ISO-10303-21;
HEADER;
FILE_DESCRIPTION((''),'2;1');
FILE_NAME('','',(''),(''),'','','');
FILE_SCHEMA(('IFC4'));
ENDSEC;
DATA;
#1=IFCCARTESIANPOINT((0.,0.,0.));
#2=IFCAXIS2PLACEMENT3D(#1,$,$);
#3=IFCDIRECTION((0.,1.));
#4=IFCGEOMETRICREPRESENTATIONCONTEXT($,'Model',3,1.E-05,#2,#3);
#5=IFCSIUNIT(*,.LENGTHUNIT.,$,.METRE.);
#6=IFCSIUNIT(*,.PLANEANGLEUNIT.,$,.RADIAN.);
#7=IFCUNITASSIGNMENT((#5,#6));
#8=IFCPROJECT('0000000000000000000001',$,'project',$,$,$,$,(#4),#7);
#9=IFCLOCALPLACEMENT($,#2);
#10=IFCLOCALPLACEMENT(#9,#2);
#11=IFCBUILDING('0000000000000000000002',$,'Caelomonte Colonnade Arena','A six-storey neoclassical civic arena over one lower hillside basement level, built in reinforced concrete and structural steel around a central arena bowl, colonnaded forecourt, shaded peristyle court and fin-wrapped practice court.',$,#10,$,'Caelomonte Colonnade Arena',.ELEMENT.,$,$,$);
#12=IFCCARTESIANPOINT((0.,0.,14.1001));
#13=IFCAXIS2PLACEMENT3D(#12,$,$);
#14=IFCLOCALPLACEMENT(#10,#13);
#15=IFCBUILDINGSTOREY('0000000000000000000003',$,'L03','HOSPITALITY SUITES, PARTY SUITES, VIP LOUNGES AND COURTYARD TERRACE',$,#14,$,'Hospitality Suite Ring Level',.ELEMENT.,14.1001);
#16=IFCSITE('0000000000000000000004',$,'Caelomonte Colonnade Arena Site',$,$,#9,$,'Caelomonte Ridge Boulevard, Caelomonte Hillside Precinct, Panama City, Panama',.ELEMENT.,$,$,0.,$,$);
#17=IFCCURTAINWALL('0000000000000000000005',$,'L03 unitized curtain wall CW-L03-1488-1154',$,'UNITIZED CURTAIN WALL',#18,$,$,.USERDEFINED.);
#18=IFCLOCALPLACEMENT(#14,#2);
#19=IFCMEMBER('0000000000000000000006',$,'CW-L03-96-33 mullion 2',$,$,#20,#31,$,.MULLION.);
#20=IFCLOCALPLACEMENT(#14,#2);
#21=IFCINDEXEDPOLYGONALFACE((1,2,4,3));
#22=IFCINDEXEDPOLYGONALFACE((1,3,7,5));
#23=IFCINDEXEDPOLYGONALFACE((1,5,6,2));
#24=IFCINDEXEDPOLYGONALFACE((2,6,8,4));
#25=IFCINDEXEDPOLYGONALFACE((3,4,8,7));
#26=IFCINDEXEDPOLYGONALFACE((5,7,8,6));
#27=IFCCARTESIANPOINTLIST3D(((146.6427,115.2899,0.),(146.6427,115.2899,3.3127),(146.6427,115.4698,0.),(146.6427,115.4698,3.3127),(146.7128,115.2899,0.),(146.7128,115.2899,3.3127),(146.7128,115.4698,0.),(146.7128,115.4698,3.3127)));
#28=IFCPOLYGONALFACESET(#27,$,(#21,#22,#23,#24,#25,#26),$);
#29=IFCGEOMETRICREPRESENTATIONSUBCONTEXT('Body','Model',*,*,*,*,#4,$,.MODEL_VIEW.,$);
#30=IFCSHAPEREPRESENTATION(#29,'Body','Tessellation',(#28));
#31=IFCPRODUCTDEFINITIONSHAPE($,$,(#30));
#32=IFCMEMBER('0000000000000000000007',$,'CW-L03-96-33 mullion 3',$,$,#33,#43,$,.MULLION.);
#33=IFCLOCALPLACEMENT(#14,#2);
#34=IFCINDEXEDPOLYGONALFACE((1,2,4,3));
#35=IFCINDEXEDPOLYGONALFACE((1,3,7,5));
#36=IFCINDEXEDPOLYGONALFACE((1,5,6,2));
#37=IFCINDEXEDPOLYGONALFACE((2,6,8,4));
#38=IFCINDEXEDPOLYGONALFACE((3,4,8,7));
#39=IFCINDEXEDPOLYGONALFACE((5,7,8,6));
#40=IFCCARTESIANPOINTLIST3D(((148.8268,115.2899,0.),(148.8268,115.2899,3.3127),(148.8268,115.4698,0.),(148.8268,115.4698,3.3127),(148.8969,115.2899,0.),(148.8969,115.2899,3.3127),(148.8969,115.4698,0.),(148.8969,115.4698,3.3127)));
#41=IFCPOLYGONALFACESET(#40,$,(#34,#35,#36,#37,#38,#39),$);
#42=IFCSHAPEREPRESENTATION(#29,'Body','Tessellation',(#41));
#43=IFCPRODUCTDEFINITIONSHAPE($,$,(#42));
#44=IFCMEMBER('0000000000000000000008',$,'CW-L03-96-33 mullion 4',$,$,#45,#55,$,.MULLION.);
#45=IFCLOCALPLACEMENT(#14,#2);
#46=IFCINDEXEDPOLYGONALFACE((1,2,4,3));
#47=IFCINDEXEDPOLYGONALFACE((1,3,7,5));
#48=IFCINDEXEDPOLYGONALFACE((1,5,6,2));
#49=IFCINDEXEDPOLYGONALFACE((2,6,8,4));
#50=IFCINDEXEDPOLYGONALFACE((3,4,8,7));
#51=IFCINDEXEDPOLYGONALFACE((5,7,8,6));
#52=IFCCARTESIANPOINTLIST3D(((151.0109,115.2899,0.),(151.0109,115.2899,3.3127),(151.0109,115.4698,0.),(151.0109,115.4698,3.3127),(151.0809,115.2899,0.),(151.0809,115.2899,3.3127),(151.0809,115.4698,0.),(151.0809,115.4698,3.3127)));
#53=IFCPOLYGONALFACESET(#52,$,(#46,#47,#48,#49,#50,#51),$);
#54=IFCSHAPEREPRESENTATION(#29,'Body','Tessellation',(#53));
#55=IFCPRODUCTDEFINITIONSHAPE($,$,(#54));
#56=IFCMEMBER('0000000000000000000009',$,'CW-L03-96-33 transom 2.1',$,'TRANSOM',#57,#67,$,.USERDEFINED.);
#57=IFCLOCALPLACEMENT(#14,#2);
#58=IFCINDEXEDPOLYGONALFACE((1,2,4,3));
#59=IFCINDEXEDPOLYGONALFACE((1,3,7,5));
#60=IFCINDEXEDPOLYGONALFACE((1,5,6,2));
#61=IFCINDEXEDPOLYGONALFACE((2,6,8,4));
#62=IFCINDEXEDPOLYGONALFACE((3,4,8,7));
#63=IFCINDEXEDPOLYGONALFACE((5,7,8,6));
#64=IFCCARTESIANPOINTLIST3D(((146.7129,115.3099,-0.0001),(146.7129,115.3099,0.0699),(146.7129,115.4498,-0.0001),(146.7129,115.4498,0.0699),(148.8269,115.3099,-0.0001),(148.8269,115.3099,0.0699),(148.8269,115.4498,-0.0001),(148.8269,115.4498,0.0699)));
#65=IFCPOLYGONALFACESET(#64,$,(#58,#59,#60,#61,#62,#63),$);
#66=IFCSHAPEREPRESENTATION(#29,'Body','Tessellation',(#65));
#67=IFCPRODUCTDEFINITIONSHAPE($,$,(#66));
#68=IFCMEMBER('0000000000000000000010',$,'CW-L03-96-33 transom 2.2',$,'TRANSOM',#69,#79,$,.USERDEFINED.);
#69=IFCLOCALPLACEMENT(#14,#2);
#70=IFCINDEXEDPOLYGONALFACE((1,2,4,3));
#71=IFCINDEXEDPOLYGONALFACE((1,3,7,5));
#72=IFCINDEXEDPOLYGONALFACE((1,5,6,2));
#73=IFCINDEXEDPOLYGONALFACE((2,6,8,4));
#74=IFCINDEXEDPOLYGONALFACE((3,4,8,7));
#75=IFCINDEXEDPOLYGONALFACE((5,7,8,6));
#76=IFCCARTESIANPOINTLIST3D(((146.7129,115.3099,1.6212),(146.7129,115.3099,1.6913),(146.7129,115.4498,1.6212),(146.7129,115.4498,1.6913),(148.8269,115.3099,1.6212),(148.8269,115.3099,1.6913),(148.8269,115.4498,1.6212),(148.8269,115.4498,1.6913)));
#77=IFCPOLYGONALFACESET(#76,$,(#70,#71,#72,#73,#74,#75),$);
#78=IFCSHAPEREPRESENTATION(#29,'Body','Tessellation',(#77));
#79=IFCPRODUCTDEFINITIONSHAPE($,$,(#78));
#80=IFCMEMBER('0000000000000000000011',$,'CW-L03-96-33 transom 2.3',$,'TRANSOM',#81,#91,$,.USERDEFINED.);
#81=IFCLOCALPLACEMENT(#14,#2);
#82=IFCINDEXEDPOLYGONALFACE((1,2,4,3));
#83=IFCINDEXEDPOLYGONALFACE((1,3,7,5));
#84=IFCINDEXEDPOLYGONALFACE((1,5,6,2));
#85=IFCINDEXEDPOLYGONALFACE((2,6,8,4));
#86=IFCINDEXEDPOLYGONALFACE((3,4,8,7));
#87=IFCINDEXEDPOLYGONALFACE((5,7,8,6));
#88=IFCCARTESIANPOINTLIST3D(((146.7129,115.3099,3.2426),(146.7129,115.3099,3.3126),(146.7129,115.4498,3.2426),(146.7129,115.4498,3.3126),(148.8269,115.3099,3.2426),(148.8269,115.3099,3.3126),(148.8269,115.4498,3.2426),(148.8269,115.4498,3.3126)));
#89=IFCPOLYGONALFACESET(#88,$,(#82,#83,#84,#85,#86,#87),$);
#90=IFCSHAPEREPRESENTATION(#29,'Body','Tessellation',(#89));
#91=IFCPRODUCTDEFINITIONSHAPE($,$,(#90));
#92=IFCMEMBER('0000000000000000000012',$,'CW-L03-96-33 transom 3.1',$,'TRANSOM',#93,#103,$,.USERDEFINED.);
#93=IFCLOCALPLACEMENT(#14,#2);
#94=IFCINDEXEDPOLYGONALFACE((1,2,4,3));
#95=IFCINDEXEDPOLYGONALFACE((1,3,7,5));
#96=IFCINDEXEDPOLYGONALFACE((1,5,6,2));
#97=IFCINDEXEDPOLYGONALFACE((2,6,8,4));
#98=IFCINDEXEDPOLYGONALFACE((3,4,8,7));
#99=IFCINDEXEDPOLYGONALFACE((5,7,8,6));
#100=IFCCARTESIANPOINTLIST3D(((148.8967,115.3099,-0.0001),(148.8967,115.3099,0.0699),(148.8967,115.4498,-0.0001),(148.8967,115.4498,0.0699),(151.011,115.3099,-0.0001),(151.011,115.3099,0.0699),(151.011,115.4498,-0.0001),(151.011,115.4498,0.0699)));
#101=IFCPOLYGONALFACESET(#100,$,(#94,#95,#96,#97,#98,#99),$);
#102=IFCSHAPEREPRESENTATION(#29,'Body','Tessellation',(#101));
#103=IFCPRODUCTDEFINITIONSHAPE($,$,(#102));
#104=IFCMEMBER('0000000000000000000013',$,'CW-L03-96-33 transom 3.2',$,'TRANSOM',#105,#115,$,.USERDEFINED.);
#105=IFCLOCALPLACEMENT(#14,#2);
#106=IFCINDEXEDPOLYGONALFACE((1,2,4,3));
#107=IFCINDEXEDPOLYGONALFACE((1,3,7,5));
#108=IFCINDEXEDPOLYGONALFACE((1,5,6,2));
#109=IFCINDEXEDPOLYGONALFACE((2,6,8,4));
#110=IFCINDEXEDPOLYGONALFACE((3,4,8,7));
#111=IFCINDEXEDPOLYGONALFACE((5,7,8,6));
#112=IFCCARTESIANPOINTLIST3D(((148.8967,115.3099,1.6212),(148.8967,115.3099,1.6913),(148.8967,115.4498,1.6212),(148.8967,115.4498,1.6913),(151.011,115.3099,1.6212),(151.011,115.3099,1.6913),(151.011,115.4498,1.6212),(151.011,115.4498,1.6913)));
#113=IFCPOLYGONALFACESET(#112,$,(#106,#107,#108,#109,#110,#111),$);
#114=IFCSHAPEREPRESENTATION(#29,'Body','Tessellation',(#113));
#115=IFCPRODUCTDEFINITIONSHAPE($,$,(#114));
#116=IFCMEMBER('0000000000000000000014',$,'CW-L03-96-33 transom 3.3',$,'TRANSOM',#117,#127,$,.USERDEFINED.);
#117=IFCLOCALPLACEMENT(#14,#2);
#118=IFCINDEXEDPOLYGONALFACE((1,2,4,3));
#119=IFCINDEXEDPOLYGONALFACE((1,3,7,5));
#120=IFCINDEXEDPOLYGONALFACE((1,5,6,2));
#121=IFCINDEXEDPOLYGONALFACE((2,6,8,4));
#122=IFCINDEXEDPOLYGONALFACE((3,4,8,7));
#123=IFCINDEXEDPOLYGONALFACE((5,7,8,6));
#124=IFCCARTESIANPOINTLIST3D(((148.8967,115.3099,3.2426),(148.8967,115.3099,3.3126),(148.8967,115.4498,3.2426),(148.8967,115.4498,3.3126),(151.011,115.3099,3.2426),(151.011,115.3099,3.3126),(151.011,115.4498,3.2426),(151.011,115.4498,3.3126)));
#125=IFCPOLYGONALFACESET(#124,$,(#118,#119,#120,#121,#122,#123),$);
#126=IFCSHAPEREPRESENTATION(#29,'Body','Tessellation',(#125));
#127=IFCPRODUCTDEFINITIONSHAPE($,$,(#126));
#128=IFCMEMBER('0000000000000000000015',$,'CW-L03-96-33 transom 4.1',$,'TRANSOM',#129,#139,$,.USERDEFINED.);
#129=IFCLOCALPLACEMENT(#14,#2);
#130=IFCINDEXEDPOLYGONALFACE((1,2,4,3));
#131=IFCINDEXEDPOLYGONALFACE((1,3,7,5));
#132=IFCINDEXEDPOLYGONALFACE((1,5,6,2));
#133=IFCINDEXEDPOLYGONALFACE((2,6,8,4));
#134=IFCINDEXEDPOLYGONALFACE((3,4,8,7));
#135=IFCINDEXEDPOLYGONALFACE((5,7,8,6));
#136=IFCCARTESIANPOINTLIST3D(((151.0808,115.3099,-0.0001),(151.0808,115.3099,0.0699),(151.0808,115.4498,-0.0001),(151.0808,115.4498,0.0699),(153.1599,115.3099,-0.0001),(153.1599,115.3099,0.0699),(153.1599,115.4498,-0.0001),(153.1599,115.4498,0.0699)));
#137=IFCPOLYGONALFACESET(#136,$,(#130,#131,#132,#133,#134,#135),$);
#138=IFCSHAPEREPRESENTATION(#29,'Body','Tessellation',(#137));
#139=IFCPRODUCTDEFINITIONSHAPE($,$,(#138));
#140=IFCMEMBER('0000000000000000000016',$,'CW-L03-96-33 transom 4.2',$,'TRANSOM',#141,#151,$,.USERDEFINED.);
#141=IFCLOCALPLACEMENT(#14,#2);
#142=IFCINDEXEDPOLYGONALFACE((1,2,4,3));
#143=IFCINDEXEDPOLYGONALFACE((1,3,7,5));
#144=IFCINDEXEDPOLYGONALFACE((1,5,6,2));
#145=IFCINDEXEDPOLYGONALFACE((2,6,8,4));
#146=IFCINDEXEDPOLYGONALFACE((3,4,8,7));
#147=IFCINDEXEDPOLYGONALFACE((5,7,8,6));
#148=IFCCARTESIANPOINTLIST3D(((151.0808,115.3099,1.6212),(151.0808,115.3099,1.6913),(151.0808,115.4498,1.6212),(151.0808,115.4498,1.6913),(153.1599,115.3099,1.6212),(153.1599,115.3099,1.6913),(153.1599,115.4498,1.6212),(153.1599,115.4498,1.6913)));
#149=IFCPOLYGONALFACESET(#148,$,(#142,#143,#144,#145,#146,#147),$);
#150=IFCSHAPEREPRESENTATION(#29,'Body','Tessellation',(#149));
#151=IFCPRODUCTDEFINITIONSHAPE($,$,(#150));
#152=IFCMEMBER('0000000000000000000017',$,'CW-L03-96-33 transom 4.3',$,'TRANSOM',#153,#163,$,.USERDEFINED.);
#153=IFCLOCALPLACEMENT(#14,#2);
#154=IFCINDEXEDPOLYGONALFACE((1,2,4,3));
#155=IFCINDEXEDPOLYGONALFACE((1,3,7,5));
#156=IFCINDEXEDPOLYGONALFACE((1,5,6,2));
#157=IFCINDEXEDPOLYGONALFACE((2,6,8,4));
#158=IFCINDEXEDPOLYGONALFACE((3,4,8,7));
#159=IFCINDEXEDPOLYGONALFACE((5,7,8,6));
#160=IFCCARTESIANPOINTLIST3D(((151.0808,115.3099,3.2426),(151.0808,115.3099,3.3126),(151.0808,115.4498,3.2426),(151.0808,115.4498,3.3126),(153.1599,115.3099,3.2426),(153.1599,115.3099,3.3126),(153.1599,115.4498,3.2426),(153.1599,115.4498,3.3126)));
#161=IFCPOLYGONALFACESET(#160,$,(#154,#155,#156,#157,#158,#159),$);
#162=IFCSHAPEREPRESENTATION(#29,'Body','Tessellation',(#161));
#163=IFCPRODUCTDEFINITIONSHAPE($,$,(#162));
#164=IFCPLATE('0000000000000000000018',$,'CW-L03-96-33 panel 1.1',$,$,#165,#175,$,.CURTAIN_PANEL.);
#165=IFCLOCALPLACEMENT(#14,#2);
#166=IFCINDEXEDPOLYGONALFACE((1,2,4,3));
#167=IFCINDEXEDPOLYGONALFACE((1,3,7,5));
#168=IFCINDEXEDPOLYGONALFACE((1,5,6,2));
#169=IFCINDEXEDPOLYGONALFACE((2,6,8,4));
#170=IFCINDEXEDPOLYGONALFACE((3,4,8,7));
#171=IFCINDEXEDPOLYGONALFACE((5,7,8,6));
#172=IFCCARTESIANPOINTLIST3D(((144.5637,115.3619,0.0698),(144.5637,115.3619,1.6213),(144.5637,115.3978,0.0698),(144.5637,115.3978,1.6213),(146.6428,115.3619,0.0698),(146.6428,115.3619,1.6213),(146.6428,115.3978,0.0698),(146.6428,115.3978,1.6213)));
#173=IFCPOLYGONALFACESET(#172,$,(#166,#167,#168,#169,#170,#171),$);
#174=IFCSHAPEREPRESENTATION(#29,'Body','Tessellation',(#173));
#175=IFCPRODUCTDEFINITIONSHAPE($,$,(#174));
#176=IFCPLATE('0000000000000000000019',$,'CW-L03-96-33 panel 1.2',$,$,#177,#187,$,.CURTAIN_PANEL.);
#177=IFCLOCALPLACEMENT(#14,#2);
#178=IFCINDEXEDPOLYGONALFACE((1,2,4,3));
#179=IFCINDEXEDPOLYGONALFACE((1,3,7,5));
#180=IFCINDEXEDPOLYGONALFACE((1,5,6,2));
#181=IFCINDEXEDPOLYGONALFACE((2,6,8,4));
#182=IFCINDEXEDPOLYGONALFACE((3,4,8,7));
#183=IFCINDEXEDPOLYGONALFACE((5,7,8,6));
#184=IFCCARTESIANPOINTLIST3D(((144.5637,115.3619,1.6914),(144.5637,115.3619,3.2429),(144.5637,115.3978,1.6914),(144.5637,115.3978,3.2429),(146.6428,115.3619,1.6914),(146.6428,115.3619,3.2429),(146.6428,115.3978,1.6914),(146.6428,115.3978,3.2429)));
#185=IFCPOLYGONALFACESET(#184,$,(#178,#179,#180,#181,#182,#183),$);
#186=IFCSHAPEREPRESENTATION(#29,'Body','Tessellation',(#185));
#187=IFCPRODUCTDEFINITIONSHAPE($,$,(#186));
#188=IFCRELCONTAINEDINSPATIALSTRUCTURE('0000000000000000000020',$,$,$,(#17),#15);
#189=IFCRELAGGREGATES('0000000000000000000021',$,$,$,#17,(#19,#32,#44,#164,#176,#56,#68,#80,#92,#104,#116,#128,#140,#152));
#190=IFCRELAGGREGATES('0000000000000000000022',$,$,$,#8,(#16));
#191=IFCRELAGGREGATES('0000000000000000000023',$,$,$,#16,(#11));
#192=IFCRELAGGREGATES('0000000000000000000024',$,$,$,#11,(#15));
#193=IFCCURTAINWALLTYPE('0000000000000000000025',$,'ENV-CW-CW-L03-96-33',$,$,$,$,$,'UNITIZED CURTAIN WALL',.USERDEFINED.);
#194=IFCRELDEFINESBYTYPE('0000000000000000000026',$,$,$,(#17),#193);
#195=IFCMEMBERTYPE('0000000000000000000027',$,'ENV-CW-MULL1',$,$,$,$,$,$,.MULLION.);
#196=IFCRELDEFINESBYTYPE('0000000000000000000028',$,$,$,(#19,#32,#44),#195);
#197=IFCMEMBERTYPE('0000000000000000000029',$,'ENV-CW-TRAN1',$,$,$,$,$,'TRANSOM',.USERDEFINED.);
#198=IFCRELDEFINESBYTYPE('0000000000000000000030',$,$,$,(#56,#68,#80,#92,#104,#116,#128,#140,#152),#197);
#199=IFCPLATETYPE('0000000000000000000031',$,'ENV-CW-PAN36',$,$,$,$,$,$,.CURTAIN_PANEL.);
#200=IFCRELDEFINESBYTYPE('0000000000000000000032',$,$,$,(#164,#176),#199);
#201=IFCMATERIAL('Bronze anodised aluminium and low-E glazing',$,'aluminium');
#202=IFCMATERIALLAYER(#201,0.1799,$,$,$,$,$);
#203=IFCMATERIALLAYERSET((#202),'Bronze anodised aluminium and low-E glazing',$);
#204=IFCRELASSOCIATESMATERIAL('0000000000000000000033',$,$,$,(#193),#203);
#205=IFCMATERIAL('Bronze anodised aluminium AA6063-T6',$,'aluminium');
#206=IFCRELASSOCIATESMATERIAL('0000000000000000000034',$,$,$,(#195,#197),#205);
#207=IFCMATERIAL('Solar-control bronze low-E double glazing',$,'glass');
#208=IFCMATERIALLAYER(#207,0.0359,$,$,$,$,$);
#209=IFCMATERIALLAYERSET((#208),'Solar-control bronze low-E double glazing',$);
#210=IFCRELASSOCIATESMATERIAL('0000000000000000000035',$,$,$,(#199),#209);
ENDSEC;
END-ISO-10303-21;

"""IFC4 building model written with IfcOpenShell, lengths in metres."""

from ifc_helpers import new_model, si_unit, direction, frame, origin, origin_2d, place, context, subcontext, project, spatial, rectangle, extrude, material, layer, layer_set, material_profile, profile_set, type_object, element, aggregate, save


model = new_model("IFC4")

# Units and contexts
model_context = context("Model", 3, precision=1e-05, world=origin(), true_north=direction((0.0, 1.0)))
body_context = subcontext(model_context, "Body", "Model", "MODEL_VIEW")
ifc_project = project(units=[si_unit("LENGTHUNIT", "METRE"), si_unit("PLANEANGLEUNIT", "RADIAN")], contexts=[model_context])

# Site, building, storey
site_placement = place(None, origin())
site = spatial("IfcSite", under=ifc_project, at=site_placement, Name="Caelomonte Colonnade Arena Site", LongName="Caelomonte Ridge Boulevard, Caelomonte Hillside Precinct, Panama City, Panama", CompositionType="ELEMENT", RefElevation=0.0)
building_placement = place(site_placement, origin())
building = spatial("IfcBuilding", under=site, at=building_placement, Name="Caelomonte Colonnade Arena", Description="A six-storey neoclassical civic arena over one lower hillside basement level, built in reinforced concrete and structural steel around a central arena bowl, colonnaded forecourt, shaded peristyle court and fin-wrapped practice court.", LongName="Caelomonte Colonnade Arena", CompositionType="ELEMENT")
storey_placement = place(building_placement, frame((0.0, 0.0, 14.1001)))
storey = spatial("IfcBuildingStorey", under=building, at=storey_placement, Name="L03", Description="HOSPITALITY SUITES, PARTY SUITES, VIP LOUNGES AND COURTYARD TERRACE", LongName="Hospitality Suite Ring Level", CompositionType="ELEMENT", Elevation=14.1001)

# Curtain wall, members, plates
ifc_material_1 = material(Name="Bronze anodised aluminium and low-E glazing", Category="aluminium")
ifc_layer_1 = layer(ifc_material_1, 0.1799)
ifc_layer_set_1 = layer_set([ifc_layer_1], Name="Bronze anodised aluminium and low-E glazing")
curtain_wall_type = type_object("IfcCurtainWallType", Name="ENV-CW-CW-L03-96-33", ElementType="UNITIZED CURTAIN WALL", PredefinedType="USERDEFINED", material=ifc_layer_set_1)
curtain_wall_placement = place(storey_placement, origin())
curtain_wall = element("IfcCurtainWall", 1, at=curtain_wall_placement, inside=storey, type_object=curtain_wall_type, Name="L03 unitized curtain wall CW-L03-1488-1154", ObjectType="UNITIZED CURTAIN WALL", PredefinedType="USERDEFINED")
ifc_material_2 = material(Name="Bronze anodised aluminium AA6063-T6", Category="aluminium")
ifc_material_profile_1 = material_profile(ifc_material_2, rectangle(XDim=0.0701, YDim=0.1799, at=origin_2d()), Name="CWM-70X180")
ifc_profile_set_1 = profile_set([ifc_material_profile_1], Name="Bronze anodised aluminium AA6063-T6")
member_type_1 = type_object("IfcMemberType", Name="ENV-CW-MULL1", PredefinedType="MULLION", material=ifc_profile_set_1)
member_1_placement = place(storey_placement, frame((146.6777, 115.3799, 0.0), z_axis=(0.0, 0.0, 1.0), x_axis=(1.0, 0.0, 0.0)))
member_1 = element("IfcMember", 2, at=member_1_placement, type_object=member_type_1, Name="CW-L03-96-33 mullion 2", PredefinedType="MULLION", context=body_context, shape_type="SweptSolid", body=[
    extrude(rectangle(XDim=0.0701, YDim=0.1799, at=origin_2d()), origin(), (0.0, 0.0, 1.0), 3.3127),
])
member_2_placement = place(storey_placement, frame((148.8618, 115.3799, 0.0), z_axis=(0.0, 0.0, 1.0), x_axis=(1.0, 0.0, 0.0)))
member_2 = element("IfcMember", 3, at=member_2_placement, type_object=member_type_1, Name="CW-L03-96-33 mullion 3", PredefinedType="MULLION", context=body_context, shape_type="SweptSolid", body=[
    extrude(rectangle(XDim=0.0701, YDim=0.1799, at=origin_2d()), origin(), (0.0, 0.0, 1.0), 3.3127),
])
member_3_placement = place(storey_placement, frame((151.0459, 115.3799, 0.0), z_axis=(0.0, 0.0, 1.0), x_axis=(1.0, 0.0, 0.0)))
member_3 = element("IfcMember", 4, at=member_3_placement, type_object=member_type_1, Name="CW-L03-96-33 mullion 4", PredefinedType="MULLION", context=body_context, shape_type="SweptSolid", body=[
    extrude(rectangle(XDim=0.0701, YDim=0.1799, at=origin_2d()), origin(), (0.0, 0.0, 1.0), 3.3127),
])
ifc_material_profile_2 = material_profile(ifc_material_2, rectangle(XDim=0.0701, YDim=0.1399, at=origin_2d()), Name="CWT-70X140")
ifc_profile_set_2 = profile_set([ifc_material_profile_2], Name="Bronze anodised aluminium AA6063-T6")
member_type_2 = type_object("IfcMemberType", Name="ENV-CW-TRAN1", ElementType="TRANSOM", PredefinedType="USERDEFINED", material=ifc_profile_set_2)
member_4_placement = place(storey_placement, frame((146.7129, 115.3799, 0.0349), z_axis=(1.0, 0.0, 0.0), x_axis=(0.0, 0.0, 1.0)))
member_4 = element("IfcMember", 5, at=member_4_placement, type_object=member_type_2, Name="CW-L03-96-33 transom 2.1", ObjectType="TRANSOM", PredefinedType="USERDEFINED", context=body_context, shape_type="SweptSolid", body=[
    extrude(rectangle(XDim=0.0701, YDim=0.1399, at=origin_2d()), origin(), (0.0, 0.0, 1.0), 2.114),
])
member_5_placement = place(storey_placement, frame((146.7129, 115.3799, 1.6562), z_axis=(1.0, 0.0, 0.0), x_axis=(0.0, 0.0, 1.0)))
member_5 = element("IfcMember", 6, at=member_5_placement, type_object=member_type_2, Name="CW-L03-96-33 transom 2.2", ObjectType="TRANSOM", PredefinedType="USERDEFINED", context=body_context, shape_type="SweptSolid", body=[
    extrude(rectangle(XDim=0.0701, YDim=0.1399, at=origin_2d()), origin(), (0.0, 0.0, 1.0), 2.114),
])
member_6_placement = place(storey_placement, frame((146.7129, 115.3799, 3.2776), z_axis=(1.0, 0.0, 0.0), x_axis=(0.0, 0.0, 1.0)))
member_6 = element("IfcMember", 7, at=member_6_placement, type_object=member_type_2, Name="CW-L03-96-33 transom 2.3", ObjectType="TRANSOM", PredefinedType="USERDEFINED", context=body_context, shape_type="SweptSolid", body=[
    extrude(rectangle(XDim=0.0701, YDim=0.1399, at=origin_2d()), origin(), (0.0, 0.0, 1.0), 2.114),
])
member_7_placement = place(storey_placement, frame((148.8967, 115.3799, 0.0349), z_axis=(1.0, 0.0, 0.0), x_axis=(0.0, 0.0, 1.0)))
member_7 = element("IfcMember", 8, at=member_7_placement, type_object=member_type_2, Name="CW-L03-96-33 transom 3.1", ObjectType="TRANSOM", PredefinedType="USERDEFINED", context=body_context, shape_type="SweptSolid", body=[
    extrude(rectangle(XDim=0.0701, YDim=0.1399, at=origin_2d()), origin(), (0.0, 0.0, 1.0), 2.1143),
])
member_8_placement = place(storey_placement, frame((148.8967, 115.3799, 1.6562), z_axis=(1.0, 0.0, 0.0), x_axis=(0.0, 0.0, 1.0)))
member_8 = element("IfcMember", 9, at=member_8_placement, type_object=member_type_2, Name="CW-L03-96-33 transom 3.2", ObjectType="TRANSOM", PredefinedType="USERDEFINED", context=body_context, shape_type="SweptSolid", body=[
    extrude(rectangle(XDim=0.0701, YDim=0.1399, at=origin_2d()), origin(), (0.0, 0.0, 1.0), 2.1143),
])
member_9_placement = place(storey_placement, frame((148.8967, 115.3799, 3.2776), z_axis=(1.0, 0.0, 0.0), x_axis=(0.0, 0.0, 1.0)))
member_9 = element("IfcMember", 10, at=member_9_placement, type_object=member_type_2, Name="CW-L03-96-33 transom 3.3", ObjectType="TRANSOM", PredefinedType="USERDEFINED", context=body_context, shape_type="SweptSolid", body=[
    extrude(rectangle(XDim=0.0701, YDim=0.1399, at=origin_2d()), origin(), (0.0, 0.0, 1.0), 2.1143),
])
member_10_placement = place(storey_placement, frame((151.0808, 115.3799, 0.0349), z_axis=(1.0, 0.0, 0.0), x_axis=(0.0, 0.0, 1.0)))
member_10 = element("IfcMember", 11, at=member_10_placement, type_object=member_type_2, Name="CW-L03-96-33 transom 4.1", ObjectType="TRANSOM", PredefinedType="USERDEFINED", context=body_context, shape_type="SweptSolid", body=[
    extrude(rectangle(XDim=0.0701, YDim=0.1399, at=origin_2d()), origin(), (0.0, 0.0, 1.0), 2.0791),
])
member_11_placement = place(storey_placement, frame((151.0808, 115.3799, 1.6562), z_axis=(1.0, 0.0, 0.0), x_axis=(0.0, 0.0, 1.0)))
member_11 = element("IfcMember", 12, at=member_11_placement, type_object=member_type_2, Name="CW-L03-96-33 transom 4.2", ObjectType="TRANSOM", PredefinedType="USERDEFINED", context=body_context, shape_type="SweptSolid", body=[
    extrude(rectangle(XDim=0.0701, YDim=0.1399, at=origin_2d()), origin(), (0.0, 0.0, 1.0), 2.0791),
])
member_12_placement = place(storey_placement, frame((151.0808, 115.3799, 3.2776), z_axis=(1.0, 0.0, 0.0), x_axis=(0.0, 0.0, 1.0)))
member_12 = element("IfcMember", 13, at=member_12_placement, type_object=member_type_2, Name="CW-L03-96-33 transom 4.3", ObjectType="TRANSOM", PredefinedType="USERDEFINED", context=body_context, shape_type="SweptSolid", body=[
    extrude(rectangle(XDim=0.0701, YDim=0.1399, at=origin_2d()), origin(), (0.0, 0.0, 1.0), 2.0791),
])
ifc_material_3 = material(Name="Solar-control bronze low-E double glazing", Category="glass")
ifc_layer_2 = layer(ifc_material_3, 0.0359)
ifc_layer_set_2 = layer_set([ifc_layer_2], Name="Solar-control bronze low-E double glazing")
plate_type = type_object("IfcPlateType", Name="ENV-CW-PAN36", PredefinedType="CURTAIN_PANEL", material=ifc_layer_set_2)
plate_1_placement = place(storey_placement, frame((145.6033, 115.3799, 0.0698), z_axis=(0.0, 0.0, 1.0), x_axis=(1.0, 0.0, 0.0)))
plate_1 = element("IfcPlate", 14, at=plate_1_placement, type_object=plate_type, Name="CW-L03-96-33 panel 1.1", PredefinedType="CURTAIN_PANEL", context=body_context, shape_type="SweptSolid", body=[
    extrude(rectangle(XDim=2.0791, YDim=0.0359, at=origin_2d()), origin(), (0.0, 0.0, 1.0), 1.5515),
])
plate_2_placement = place(storey_placement, frame((145.6033, 115.3799, 1.6914), z_axis=(0.0, 0.0, 1.0), x_axis=(1.0, 0.0, 0.0)))
plate_2 = element("IfcPlate", 15, at=plate_2_placement, type_object=plate_type, Name="CW-L03-96-33 panel 1.2", PredefinedType="CURTAIN_PANEL", context=body_context, shape_type="SweptSolid", body=[
    extrude(rectangle(XDim=2.0791, YDim=0.0359, at=origin_2d()), origin(), (0.0, 0.0, 1.0), 1.5515),
])
aggregate(curtain_wall, [member_1, member_2, member_3, plate_1, plate_2, member_4, member_5, member_6, member_7, member_8, member_9, member_10, member_11, member_12])

save(model, "model.ifc")
